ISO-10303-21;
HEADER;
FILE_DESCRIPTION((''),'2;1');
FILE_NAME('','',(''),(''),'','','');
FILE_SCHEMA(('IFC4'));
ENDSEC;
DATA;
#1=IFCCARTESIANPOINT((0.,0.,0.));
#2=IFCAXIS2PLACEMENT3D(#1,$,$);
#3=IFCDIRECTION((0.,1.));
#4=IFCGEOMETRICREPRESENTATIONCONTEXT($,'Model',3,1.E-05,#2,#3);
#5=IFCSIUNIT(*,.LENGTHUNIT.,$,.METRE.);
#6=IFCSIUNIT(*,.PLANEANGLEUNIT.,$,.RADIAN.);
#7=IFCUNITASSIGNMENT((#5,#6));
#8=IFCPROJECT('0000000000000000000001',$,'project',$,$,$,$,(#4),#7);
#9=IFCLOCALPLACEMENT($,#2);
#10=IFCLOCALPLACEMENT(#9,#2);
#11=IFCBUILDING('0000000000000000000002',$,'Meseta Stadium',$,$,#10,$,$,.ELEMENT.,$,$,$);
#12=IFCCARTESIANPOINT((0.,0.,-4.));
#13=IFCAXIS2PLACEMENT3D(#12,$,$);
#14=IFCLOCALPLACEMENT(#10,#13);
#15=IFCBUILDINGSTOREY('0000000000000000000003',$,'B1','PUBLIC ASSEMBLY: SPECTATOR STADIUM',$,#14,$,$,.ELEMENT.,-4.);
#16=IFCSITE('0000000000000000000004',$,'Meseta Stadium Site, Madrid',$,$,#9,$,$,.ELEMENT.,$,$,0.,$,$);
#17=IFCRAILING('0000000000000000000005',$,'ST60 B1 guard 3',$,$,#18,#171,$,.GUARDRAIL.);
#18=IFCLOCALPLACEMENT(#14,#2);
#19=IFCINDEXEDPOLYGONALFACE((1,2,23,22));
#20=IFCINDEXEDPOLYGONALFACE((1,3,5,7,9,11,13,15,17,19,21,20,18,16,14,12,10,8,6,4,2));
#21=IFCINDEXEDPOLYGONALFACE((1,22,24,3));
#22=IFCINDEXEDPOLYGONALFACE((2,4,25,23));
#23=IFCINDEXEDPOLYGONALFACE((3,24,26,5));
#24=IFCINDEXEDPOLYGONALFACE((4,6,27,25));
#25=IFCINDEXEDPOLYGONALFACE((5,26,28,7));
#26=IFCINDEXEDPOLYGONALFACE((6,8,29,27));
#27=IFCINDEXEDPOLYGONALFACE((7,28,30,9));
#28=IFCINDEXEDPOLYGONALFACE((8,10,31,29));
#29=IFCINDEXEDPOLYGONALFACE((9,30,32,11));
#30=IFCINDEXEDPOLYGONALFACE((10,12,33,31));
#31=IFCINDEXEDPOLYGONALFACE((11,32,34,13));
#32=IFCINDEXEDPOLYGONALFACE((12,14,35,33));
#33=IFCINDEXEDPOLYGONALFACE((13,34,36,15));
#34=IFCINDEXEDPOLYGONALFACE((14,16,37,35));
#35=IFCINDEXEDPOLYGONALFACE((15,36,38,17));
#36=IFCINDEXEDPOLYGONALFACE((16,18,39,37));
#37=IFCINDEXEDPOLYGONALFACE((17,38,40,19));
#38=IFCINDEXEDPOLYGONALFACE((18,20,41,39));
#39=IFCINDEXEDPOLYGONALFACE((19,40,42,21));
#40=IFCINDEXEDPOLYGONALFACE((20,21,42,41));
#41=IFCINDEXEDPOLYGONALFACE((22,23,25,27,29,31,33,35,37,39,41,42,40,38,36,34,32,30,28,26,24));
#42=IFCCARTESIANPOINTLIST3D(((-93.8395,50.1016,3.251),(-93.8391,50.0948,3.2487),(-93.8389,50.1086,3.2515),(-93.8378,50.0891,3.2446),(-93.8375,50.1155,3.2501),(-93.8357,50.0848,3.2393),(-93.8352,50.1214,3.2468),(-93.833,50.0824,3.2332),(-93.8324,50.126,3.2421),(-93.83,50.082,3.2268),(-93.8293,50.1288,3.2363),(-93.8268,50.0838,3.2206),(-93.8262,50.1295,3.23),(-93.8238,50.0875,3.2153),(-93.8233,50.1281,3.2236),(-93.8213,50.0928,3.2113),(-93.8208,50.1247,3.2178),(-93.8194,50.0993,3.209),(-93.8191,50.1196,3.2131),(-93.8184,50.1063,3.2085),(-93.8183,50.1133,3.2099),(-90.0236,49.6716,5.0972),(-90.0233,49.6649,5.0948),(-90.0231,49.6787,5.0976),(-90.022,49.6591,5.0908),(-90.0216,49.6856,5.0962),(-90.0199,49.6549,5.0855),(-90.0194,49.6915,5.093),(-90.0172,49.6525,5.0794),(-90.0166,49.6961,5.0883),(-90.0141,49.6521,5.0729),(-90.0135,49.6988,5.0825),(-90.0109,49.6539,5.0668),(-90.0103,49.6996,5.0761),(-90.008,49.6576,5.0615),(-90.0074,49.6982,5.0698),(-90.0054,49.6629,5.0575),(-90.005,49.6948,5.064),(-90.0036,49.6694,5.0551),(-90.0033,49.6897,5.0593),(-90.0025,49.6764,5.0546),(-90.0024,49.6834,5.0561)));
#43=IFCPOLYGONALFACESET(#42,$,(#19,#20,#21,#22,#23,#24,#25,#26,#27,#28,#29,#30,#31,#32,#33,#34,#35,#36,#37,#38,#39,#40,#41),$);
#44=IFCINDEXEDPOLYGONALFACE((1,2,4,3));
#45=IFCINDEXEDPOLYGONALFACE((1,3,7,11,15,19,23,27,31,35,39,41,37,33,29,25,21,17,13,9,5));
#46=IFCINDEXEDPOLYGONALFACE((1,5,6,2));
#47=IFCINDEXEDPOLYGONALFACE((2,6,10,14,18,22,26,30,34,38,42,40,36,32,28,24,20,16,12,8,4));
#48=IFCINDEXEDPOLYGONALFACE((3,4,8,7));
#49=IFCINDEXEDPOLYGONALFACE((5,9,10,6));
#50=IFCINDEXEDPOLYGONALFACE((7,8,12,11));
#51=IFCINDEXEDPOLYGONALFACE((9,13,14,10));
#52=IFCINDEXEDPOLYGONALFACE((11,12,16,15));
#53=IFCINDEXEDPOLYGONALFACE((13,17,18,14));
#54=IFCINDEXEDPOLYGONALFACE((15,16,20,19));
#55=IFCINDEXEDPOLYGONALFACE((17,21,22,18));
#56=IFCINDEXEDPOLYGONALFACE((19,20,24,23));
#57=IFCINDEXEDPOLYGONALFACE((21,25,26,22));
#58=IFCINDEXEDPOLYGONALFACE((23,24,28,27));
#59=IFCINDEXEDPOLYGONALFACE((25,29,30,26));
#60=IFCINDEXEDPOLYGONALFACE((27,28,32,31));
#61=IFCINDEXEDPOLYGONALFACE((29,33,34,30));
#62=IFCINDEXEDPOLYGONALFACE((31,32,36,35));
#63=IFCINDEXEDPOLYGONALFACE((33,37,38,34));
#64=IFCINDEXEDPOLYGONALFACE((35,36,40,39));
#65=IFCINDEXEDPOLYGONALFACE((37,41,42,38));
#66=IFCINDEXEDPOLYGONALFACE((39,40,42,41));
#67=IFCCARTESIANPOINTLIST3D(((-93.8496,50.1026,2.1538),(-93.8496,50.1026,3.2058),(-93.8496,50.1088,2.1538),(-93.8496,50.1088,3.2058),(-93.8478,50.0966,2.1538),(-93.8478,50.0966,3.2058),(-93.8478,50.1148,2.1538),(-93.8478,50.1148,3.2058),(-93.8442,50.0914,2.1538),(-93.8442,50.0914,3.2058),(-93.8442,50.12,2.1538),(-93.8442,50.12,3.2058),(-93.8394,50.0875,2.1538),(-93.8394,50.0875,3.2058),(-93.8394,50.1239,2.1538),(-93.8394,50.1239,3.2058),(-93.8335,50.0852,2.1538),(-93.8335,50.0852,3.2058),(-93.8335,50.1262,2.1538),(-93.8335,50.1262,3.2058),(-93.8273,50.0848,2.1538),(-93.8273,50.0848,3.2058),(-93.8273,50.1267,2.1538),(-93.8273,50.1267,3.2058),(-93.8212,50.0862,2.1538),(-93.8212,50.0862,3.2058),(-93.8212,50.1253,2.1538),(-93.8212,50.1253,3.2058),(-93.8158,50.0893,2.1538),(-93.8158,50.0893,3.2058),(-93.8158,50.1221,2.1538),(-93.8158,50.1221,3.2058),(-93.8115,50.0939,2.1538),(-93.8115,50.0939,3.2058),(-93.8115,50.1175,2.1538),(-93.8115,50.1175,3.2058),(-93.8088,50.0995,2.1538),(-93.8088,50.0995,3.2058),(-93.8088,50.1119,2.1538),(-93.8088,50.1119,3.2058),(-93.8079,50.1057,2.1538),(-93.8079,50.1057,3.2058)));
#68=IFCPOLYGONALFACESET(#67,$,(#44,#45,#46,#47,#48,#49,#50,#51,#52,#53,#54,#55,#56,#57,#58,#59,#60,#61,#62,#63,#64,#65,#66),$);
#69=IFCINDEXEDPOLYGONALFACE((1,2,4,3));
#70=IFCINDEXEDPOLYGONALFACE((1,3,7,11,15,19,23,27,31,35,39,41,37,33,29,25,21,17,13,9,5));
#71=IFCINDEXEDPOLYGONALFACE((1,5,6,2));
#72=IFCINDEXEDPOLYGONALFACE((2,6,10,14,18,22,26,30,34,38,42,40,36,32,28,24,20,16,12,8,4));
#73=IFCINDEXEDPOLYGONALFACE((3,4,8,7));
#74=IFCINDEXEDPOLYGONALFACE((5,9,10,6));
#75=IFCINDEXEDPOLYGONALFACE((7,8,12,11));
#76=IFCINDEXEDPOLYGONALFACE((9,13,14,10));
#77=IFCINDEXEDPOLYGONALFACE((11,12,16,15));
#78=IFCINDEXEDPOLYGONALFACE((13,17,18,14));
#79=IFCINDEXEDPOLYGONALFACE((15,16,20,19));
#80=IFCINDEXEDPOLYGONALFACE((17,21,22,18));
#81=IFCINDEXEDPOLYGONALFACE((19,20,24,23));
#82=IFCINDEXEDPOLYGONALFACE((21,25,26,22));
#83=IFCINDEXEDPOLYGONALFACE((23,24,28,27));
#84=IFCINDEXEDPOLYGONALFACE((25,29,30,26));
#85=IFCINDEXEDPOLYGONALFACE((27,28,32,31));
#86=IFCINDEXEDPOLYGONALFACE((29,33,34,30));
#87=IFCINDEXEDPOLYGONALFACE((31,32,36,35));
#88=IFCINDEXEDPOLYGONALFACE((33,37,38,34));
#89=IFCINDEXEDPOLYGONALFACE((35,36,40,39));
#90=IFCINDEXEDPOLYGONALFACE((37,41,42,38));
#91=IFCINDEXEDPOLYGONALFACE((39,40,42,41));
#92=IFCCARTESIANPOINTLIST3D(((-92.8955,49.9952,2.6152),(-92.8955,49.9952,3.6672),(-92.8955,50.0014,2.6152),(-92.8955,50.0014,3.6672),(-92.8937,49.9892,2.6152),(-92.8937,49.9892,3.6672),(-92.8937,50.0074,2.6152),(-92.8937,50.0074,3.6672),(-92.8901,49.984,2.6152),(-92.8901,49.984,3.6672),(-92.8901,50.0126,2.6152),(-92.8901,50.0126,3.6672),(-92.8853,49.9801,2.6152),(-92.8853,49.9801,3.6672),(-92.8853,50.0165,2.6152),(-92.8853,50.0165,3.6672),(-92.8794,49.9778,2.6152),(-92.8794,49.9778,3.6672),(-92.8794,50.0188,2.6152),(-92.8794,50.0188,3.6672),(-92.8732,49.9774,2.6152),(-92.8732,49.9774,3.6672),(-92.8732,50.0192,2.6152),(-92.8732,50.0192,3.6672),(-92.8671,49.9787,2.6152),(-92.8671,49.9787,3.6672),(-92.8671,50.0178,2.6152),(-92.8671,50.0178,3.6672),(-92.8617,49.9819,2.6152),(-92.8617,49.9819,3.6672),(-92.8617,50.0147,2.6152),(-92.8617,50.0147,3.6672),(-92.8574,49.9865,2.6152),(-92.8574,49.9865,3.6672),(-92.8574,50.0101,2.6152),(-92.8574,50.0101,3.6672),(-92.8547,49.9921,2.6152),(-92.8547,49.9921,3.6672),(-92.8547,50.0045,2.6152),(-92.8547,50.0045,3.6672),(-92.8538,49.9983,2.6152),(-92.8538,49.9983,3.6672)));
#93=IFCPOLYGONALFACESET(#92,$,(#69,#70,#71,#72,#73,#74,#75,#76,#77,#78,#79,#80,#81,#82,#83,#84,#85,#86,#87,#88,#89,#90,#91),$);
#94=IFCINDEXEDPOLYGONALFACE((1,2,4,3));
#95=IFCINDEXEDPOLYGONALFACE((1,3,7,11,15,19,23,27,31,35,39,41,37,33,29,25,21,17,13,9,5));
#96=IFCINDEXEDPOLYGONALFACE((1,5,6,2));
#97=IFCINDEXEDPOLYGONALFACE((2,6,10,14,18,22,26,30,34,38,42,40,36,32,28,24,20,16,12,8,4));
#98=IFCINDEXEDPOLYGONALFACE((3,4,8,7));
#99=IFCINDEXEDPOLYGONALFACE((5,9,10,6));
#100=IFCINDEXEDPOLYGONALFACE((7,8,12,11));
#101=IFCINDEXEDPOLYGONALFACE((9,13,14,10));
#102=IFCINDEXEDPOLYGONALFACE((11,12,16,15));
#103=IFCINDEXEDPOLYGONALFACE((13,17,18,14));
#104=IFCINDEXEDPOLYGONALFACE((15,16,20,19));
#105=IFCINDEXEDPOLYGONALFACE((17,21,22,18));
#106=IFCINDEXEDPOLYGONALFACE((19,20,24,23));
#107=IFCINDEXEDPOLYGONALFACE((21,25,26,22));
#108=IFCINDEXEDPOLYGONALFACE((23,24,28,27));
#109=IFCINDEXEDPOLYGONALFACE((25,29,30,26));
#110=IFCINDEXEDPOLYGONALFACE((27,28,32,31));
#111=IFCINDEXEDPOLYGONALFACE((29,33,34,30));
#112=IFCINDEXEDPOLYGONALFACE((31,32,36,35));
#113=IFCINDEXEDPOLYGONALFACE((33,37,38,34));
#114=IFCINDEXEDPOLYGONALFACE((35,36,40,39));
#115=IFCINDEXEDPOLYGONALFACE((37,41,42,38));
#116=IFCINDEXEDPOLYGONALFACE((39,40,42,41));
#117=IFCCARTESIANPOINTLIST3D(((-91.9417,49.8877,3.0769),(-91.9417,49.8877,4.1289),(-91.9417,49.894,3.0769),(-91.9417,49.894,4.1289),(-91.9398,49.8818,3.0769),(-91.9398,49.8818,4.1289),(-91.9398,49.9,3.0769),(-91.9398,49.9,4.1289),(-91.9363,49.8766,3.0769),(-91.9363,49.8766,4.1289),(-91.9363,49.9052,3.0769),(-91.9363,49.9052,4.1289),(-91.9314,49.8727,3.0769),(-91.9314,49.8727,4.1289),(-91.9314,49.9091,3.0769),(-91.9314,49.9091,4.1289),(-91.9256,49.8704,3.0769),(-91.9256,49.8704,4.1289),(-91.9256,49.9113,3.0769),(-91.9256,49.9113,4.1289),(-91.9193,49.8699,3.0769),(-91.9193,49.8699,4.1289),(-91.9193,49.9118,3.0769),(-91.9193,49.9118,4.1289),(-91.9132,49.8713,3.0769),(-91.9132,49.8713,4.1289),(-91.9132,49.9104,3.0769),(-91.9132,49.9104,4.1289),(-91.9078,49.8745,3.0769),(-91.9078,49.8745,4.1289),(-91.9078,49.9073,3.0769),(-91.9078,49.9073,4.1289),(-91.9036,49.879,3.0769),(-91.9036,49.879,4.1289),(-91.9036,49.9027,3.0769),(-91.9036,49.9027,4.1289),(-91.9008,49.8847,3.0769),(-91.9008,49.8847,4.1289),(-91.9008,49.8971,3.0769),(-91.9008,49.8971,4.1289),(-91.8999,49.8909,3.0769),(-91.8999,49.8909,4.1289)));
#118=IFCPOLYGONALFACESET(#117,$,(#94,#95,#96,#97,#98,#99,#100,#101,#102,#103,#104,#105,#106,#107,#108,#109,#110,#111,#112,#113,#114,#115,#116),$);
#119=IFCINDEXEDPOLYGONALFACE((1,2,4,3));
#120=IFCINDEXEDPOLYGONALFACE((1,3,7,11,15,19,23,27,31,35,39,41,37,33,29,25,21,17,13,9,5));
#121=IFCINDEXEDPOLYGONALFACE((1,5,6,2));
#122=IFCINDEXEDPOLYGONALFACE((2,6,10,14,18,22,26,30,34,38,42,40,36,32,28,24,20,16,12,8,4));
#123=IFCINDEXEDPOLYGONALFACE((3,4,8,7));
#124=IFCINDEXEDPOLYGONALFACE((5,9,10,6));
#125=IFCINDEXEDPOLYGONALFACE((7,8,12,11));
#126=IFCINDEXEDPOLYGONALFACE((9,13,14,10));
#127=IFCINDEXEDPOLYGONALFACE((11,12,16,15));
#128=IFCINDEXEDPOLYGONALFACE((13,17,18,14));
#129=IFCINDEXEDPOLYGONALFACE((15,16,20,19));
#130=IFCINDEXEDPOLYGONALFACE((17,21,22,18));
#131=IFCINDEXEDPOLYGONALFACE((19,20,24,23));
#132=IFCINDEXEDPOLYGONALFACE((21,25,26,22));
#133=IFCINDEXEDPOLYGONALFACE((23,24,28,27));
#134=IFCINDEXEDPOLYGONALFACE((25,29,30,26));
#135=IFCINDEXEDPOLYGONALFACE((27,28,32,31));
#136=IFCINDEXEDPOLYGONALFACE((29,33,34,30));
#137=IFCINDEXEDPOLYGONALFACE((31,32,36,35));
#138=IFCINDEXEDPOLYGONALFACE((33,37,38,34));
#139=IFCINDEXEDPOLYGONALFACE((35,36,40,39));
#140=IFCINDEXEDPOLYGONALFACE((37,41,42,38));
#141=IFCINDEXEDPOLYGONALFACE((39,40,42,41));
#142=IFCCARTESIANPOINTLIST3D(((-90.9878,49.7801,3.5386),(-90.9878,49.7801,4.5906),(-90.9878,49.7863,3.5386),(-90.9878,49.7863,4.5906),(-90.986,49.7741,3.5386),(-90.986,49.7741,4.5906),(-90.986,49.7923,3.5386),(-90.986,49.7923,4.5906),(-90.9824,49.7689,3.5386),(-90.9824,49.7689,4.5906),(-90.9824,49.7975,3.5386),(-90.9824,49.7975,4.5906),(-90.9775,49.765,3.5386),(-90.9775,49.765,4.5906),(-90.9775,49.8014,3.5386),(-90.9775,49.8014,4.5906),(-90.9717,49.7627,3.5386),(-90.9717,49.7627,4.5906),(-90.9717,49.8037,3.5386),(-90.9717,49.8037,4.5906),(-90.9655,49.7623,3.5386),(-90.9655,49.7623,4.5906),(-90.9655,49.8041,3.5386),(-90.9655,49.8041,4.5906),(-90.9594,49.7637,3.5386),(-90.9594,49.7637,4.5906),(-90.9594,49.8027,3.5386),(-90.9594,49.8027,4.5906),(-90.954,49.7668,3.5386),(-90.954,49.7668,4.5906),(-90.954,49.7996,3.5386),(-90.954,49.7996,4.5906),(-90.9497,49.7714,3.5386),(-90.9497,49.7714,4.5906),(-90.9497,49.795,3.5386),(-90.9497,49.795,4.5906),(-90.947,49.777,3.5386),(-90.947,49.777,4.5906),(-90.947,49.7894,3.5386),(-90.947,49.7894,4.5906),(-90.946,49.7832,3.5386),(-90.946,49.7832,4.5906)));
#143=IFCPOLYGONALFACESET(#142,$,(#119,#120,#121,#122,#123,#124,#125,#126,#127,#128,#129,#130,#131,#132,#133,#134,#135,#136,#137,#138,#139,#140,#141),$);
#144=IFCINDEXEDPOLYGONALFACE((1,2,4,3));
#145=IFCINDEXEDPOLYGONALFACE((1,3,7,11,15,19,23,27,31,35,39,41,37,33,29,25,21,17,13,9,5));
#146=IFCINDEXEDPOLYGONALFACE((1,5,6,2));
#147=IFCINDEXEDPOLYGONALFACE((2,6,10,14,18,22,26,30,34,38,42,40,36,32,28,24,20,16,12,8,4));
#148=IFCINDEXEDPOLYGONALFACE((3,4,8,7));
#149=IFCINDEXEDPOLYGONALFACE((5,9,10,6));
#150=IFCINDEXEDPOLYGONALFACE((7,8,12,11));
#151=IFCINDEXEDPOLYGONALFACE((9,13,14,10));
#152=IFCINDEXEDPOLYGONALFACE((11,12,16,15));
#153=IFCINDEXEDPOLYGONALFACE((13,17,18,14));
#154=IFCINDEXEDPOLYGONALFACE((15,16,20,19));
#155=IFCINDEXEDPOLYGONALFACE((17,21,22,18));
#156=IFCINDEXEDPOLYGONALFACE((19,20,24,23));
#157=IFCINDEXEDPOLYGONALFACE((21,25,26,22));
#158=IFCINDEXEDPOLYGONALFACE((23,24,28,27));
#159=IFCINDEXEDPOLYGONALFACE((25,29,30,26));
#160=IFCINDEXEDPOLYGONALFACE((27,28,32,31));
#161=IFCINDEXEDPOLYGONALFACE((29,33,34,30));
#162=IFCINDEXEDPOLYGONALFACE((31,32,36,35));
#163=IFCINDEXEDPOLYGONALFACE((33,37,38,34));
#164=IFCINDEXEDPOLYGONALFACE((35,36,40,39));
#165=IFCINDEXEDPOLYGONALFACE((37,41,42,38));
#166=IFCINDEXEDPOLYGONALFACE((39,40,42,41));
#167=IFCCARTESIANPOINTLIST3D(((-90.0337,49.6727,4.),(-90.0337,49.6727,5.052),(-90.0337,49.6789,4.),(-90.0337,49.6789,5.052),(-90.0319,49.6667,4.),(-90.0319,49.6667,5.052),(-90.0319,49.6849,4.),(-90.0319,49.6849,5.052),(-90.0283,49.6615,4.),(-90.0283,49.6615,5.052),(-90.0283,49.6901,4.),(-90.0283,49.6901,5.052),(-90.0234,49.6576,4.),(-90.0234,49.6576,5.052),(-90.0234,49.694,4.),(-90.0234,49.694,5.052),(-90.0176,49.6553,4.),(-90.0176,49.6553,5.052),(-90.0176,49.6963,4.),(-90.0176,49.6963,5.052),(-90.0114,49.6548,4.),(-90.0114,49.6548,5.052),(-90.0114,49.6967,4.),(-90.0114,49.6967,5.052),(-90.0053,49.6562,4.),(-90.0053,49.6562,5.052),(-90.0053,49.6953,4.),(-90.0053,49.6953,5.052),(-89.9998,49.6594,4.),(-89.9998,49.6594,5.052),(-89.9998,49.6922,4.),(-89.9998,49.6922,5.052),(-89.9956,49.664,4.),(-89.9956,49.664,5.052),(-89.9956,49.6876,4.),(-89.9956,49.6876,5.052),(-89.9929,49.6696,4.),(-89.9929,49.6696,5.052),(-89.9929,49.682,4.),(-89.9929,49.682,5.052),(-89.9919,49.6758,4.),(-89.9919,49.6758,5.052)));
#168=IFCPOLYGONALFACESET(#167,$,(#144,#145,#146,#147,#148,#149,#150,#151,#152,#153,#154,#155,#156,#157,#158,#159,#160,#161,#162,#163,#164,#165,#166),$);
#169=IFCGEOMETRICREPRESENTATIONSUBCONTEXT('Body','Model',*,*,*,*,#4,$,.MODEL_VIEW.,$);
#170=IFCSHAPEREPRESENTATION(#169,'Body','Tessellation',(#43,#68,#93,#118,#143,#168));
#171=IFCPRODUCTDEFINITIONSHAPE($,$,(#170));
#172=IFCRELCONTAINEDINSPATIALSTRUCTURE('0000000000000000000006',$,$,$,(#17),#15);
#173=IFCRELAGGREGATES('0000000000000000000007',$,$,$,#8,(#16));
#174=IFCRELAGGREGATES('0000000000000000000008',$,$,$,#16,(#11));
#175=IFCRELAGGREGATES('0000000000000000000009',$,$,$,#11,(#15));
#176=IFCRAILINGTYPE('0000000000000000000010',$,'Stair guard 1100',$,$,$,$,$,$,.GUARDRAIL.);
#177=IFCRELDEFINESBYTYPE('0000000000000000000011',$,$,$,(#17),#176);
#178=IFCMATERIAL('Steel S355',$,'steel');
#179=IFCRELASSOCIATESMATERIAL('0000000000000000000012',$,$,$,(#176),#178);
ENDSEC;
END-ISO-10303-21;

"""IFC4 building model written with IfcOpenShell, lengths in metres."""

from ifc_helpers import new_model, si_unit, direction, frame, origin, origin_2d, place, context, subcontext, project, spatial, circle, extrude, material, type_object, element, save


model = new_model("IFC4")

# Units and contexts
model_context = context("Model", 3, precision=1e-05, world=origin(), true_north=direction((0.0, 1.0)))
body_context = subcontext(model_context, "Body", "Model", "MODEL_VIEW")
ifc_project = project(units=[si_unit("LENGTHUNIT", "METRE"), si_unit("PLANEANGLEUNIT", "RADIAN")], contexts=[model_context])

# Site, building, storey
site_placement = place(None, origin())
site = spatial("IfcSite", under=ifc_project, at=site_placement, Name="Meseta Stadium Site, Madrid", CompositionType="ELEMENT", RefElevation=0.0)
building_placement = place(site_placement, origin())
building = spatial("IfcBuilding", under=site, at=building_placement, Name="Meseta Stadium", CompositionType="ELEMENT")
storey_placement = place(building_placement, frame((0.0, 0.0, -4.0)))
storey = spatial("IfcBuildingStorey", under=building, at=storey_placement, Name="B1", Description="PUBLIC ASSEMBLY: SPECTATOR STADIUM", CompositionType="ELEMENT", Elevation=-4.0)

# Railing
ifc_material_1 = material(Name="Steel S355", Category="steel")
railing_type_1 = type_object("IfcRailingType", Name="Stair guard 1100", PredefinedType="GUARDRAIL", material=ifc_material_1)
railing_1_placement = place(storey_placement, frame((-93.8289, 50.1057, 2.1538)))
element("IfcRailing", 1, at=railing_1_placement, inside=storey, type_object=railing_type_1, Name="ST60 B1 guard 3", PredefinedType="GUARDRAIL", context=body_context, shape_type="SweptSolid", body=[
    extrude(circle(Radius=0.0239, at=origin_2d()), frame((0.0, 0.0, 1.0762), z_axis=(0.895585, -0.100904, 0.433296), x_axis=(0.11196, 0.993713, 0.0)), (0.0, 0.0, 1.0), 4.2607),
    extrude(circle(Radius=0.021, at=origin_2d()), origin(), (0.0, 0.0, 1.0), 1.052),
    extrude(circle(Radius=0.021, at=origin_2d()), frame((0.9541, -0.1074, 0.4614)), (0.0, 0.0, 1.0), 1.052),
    extrude(circle(Radius=0.021, at=origin_2d()), frame((1.908, -0.2148, 0.9231)), (0.0, 0.0, 1.0), 1.052),
    extrude(circle(Radius=0.021, at=origin_2d()), frame((2.8618, -0.3225, 1.3848)), (0.0, 0.0, 1.0), 1.052),
    extrude(circle(Radius=0.021, at=origin_2d()), frame((3.8159, -0.4299, 1.8462)), (0.0, 0.0, 1.0), 1.052),
])

save(model, "model.ifc")
